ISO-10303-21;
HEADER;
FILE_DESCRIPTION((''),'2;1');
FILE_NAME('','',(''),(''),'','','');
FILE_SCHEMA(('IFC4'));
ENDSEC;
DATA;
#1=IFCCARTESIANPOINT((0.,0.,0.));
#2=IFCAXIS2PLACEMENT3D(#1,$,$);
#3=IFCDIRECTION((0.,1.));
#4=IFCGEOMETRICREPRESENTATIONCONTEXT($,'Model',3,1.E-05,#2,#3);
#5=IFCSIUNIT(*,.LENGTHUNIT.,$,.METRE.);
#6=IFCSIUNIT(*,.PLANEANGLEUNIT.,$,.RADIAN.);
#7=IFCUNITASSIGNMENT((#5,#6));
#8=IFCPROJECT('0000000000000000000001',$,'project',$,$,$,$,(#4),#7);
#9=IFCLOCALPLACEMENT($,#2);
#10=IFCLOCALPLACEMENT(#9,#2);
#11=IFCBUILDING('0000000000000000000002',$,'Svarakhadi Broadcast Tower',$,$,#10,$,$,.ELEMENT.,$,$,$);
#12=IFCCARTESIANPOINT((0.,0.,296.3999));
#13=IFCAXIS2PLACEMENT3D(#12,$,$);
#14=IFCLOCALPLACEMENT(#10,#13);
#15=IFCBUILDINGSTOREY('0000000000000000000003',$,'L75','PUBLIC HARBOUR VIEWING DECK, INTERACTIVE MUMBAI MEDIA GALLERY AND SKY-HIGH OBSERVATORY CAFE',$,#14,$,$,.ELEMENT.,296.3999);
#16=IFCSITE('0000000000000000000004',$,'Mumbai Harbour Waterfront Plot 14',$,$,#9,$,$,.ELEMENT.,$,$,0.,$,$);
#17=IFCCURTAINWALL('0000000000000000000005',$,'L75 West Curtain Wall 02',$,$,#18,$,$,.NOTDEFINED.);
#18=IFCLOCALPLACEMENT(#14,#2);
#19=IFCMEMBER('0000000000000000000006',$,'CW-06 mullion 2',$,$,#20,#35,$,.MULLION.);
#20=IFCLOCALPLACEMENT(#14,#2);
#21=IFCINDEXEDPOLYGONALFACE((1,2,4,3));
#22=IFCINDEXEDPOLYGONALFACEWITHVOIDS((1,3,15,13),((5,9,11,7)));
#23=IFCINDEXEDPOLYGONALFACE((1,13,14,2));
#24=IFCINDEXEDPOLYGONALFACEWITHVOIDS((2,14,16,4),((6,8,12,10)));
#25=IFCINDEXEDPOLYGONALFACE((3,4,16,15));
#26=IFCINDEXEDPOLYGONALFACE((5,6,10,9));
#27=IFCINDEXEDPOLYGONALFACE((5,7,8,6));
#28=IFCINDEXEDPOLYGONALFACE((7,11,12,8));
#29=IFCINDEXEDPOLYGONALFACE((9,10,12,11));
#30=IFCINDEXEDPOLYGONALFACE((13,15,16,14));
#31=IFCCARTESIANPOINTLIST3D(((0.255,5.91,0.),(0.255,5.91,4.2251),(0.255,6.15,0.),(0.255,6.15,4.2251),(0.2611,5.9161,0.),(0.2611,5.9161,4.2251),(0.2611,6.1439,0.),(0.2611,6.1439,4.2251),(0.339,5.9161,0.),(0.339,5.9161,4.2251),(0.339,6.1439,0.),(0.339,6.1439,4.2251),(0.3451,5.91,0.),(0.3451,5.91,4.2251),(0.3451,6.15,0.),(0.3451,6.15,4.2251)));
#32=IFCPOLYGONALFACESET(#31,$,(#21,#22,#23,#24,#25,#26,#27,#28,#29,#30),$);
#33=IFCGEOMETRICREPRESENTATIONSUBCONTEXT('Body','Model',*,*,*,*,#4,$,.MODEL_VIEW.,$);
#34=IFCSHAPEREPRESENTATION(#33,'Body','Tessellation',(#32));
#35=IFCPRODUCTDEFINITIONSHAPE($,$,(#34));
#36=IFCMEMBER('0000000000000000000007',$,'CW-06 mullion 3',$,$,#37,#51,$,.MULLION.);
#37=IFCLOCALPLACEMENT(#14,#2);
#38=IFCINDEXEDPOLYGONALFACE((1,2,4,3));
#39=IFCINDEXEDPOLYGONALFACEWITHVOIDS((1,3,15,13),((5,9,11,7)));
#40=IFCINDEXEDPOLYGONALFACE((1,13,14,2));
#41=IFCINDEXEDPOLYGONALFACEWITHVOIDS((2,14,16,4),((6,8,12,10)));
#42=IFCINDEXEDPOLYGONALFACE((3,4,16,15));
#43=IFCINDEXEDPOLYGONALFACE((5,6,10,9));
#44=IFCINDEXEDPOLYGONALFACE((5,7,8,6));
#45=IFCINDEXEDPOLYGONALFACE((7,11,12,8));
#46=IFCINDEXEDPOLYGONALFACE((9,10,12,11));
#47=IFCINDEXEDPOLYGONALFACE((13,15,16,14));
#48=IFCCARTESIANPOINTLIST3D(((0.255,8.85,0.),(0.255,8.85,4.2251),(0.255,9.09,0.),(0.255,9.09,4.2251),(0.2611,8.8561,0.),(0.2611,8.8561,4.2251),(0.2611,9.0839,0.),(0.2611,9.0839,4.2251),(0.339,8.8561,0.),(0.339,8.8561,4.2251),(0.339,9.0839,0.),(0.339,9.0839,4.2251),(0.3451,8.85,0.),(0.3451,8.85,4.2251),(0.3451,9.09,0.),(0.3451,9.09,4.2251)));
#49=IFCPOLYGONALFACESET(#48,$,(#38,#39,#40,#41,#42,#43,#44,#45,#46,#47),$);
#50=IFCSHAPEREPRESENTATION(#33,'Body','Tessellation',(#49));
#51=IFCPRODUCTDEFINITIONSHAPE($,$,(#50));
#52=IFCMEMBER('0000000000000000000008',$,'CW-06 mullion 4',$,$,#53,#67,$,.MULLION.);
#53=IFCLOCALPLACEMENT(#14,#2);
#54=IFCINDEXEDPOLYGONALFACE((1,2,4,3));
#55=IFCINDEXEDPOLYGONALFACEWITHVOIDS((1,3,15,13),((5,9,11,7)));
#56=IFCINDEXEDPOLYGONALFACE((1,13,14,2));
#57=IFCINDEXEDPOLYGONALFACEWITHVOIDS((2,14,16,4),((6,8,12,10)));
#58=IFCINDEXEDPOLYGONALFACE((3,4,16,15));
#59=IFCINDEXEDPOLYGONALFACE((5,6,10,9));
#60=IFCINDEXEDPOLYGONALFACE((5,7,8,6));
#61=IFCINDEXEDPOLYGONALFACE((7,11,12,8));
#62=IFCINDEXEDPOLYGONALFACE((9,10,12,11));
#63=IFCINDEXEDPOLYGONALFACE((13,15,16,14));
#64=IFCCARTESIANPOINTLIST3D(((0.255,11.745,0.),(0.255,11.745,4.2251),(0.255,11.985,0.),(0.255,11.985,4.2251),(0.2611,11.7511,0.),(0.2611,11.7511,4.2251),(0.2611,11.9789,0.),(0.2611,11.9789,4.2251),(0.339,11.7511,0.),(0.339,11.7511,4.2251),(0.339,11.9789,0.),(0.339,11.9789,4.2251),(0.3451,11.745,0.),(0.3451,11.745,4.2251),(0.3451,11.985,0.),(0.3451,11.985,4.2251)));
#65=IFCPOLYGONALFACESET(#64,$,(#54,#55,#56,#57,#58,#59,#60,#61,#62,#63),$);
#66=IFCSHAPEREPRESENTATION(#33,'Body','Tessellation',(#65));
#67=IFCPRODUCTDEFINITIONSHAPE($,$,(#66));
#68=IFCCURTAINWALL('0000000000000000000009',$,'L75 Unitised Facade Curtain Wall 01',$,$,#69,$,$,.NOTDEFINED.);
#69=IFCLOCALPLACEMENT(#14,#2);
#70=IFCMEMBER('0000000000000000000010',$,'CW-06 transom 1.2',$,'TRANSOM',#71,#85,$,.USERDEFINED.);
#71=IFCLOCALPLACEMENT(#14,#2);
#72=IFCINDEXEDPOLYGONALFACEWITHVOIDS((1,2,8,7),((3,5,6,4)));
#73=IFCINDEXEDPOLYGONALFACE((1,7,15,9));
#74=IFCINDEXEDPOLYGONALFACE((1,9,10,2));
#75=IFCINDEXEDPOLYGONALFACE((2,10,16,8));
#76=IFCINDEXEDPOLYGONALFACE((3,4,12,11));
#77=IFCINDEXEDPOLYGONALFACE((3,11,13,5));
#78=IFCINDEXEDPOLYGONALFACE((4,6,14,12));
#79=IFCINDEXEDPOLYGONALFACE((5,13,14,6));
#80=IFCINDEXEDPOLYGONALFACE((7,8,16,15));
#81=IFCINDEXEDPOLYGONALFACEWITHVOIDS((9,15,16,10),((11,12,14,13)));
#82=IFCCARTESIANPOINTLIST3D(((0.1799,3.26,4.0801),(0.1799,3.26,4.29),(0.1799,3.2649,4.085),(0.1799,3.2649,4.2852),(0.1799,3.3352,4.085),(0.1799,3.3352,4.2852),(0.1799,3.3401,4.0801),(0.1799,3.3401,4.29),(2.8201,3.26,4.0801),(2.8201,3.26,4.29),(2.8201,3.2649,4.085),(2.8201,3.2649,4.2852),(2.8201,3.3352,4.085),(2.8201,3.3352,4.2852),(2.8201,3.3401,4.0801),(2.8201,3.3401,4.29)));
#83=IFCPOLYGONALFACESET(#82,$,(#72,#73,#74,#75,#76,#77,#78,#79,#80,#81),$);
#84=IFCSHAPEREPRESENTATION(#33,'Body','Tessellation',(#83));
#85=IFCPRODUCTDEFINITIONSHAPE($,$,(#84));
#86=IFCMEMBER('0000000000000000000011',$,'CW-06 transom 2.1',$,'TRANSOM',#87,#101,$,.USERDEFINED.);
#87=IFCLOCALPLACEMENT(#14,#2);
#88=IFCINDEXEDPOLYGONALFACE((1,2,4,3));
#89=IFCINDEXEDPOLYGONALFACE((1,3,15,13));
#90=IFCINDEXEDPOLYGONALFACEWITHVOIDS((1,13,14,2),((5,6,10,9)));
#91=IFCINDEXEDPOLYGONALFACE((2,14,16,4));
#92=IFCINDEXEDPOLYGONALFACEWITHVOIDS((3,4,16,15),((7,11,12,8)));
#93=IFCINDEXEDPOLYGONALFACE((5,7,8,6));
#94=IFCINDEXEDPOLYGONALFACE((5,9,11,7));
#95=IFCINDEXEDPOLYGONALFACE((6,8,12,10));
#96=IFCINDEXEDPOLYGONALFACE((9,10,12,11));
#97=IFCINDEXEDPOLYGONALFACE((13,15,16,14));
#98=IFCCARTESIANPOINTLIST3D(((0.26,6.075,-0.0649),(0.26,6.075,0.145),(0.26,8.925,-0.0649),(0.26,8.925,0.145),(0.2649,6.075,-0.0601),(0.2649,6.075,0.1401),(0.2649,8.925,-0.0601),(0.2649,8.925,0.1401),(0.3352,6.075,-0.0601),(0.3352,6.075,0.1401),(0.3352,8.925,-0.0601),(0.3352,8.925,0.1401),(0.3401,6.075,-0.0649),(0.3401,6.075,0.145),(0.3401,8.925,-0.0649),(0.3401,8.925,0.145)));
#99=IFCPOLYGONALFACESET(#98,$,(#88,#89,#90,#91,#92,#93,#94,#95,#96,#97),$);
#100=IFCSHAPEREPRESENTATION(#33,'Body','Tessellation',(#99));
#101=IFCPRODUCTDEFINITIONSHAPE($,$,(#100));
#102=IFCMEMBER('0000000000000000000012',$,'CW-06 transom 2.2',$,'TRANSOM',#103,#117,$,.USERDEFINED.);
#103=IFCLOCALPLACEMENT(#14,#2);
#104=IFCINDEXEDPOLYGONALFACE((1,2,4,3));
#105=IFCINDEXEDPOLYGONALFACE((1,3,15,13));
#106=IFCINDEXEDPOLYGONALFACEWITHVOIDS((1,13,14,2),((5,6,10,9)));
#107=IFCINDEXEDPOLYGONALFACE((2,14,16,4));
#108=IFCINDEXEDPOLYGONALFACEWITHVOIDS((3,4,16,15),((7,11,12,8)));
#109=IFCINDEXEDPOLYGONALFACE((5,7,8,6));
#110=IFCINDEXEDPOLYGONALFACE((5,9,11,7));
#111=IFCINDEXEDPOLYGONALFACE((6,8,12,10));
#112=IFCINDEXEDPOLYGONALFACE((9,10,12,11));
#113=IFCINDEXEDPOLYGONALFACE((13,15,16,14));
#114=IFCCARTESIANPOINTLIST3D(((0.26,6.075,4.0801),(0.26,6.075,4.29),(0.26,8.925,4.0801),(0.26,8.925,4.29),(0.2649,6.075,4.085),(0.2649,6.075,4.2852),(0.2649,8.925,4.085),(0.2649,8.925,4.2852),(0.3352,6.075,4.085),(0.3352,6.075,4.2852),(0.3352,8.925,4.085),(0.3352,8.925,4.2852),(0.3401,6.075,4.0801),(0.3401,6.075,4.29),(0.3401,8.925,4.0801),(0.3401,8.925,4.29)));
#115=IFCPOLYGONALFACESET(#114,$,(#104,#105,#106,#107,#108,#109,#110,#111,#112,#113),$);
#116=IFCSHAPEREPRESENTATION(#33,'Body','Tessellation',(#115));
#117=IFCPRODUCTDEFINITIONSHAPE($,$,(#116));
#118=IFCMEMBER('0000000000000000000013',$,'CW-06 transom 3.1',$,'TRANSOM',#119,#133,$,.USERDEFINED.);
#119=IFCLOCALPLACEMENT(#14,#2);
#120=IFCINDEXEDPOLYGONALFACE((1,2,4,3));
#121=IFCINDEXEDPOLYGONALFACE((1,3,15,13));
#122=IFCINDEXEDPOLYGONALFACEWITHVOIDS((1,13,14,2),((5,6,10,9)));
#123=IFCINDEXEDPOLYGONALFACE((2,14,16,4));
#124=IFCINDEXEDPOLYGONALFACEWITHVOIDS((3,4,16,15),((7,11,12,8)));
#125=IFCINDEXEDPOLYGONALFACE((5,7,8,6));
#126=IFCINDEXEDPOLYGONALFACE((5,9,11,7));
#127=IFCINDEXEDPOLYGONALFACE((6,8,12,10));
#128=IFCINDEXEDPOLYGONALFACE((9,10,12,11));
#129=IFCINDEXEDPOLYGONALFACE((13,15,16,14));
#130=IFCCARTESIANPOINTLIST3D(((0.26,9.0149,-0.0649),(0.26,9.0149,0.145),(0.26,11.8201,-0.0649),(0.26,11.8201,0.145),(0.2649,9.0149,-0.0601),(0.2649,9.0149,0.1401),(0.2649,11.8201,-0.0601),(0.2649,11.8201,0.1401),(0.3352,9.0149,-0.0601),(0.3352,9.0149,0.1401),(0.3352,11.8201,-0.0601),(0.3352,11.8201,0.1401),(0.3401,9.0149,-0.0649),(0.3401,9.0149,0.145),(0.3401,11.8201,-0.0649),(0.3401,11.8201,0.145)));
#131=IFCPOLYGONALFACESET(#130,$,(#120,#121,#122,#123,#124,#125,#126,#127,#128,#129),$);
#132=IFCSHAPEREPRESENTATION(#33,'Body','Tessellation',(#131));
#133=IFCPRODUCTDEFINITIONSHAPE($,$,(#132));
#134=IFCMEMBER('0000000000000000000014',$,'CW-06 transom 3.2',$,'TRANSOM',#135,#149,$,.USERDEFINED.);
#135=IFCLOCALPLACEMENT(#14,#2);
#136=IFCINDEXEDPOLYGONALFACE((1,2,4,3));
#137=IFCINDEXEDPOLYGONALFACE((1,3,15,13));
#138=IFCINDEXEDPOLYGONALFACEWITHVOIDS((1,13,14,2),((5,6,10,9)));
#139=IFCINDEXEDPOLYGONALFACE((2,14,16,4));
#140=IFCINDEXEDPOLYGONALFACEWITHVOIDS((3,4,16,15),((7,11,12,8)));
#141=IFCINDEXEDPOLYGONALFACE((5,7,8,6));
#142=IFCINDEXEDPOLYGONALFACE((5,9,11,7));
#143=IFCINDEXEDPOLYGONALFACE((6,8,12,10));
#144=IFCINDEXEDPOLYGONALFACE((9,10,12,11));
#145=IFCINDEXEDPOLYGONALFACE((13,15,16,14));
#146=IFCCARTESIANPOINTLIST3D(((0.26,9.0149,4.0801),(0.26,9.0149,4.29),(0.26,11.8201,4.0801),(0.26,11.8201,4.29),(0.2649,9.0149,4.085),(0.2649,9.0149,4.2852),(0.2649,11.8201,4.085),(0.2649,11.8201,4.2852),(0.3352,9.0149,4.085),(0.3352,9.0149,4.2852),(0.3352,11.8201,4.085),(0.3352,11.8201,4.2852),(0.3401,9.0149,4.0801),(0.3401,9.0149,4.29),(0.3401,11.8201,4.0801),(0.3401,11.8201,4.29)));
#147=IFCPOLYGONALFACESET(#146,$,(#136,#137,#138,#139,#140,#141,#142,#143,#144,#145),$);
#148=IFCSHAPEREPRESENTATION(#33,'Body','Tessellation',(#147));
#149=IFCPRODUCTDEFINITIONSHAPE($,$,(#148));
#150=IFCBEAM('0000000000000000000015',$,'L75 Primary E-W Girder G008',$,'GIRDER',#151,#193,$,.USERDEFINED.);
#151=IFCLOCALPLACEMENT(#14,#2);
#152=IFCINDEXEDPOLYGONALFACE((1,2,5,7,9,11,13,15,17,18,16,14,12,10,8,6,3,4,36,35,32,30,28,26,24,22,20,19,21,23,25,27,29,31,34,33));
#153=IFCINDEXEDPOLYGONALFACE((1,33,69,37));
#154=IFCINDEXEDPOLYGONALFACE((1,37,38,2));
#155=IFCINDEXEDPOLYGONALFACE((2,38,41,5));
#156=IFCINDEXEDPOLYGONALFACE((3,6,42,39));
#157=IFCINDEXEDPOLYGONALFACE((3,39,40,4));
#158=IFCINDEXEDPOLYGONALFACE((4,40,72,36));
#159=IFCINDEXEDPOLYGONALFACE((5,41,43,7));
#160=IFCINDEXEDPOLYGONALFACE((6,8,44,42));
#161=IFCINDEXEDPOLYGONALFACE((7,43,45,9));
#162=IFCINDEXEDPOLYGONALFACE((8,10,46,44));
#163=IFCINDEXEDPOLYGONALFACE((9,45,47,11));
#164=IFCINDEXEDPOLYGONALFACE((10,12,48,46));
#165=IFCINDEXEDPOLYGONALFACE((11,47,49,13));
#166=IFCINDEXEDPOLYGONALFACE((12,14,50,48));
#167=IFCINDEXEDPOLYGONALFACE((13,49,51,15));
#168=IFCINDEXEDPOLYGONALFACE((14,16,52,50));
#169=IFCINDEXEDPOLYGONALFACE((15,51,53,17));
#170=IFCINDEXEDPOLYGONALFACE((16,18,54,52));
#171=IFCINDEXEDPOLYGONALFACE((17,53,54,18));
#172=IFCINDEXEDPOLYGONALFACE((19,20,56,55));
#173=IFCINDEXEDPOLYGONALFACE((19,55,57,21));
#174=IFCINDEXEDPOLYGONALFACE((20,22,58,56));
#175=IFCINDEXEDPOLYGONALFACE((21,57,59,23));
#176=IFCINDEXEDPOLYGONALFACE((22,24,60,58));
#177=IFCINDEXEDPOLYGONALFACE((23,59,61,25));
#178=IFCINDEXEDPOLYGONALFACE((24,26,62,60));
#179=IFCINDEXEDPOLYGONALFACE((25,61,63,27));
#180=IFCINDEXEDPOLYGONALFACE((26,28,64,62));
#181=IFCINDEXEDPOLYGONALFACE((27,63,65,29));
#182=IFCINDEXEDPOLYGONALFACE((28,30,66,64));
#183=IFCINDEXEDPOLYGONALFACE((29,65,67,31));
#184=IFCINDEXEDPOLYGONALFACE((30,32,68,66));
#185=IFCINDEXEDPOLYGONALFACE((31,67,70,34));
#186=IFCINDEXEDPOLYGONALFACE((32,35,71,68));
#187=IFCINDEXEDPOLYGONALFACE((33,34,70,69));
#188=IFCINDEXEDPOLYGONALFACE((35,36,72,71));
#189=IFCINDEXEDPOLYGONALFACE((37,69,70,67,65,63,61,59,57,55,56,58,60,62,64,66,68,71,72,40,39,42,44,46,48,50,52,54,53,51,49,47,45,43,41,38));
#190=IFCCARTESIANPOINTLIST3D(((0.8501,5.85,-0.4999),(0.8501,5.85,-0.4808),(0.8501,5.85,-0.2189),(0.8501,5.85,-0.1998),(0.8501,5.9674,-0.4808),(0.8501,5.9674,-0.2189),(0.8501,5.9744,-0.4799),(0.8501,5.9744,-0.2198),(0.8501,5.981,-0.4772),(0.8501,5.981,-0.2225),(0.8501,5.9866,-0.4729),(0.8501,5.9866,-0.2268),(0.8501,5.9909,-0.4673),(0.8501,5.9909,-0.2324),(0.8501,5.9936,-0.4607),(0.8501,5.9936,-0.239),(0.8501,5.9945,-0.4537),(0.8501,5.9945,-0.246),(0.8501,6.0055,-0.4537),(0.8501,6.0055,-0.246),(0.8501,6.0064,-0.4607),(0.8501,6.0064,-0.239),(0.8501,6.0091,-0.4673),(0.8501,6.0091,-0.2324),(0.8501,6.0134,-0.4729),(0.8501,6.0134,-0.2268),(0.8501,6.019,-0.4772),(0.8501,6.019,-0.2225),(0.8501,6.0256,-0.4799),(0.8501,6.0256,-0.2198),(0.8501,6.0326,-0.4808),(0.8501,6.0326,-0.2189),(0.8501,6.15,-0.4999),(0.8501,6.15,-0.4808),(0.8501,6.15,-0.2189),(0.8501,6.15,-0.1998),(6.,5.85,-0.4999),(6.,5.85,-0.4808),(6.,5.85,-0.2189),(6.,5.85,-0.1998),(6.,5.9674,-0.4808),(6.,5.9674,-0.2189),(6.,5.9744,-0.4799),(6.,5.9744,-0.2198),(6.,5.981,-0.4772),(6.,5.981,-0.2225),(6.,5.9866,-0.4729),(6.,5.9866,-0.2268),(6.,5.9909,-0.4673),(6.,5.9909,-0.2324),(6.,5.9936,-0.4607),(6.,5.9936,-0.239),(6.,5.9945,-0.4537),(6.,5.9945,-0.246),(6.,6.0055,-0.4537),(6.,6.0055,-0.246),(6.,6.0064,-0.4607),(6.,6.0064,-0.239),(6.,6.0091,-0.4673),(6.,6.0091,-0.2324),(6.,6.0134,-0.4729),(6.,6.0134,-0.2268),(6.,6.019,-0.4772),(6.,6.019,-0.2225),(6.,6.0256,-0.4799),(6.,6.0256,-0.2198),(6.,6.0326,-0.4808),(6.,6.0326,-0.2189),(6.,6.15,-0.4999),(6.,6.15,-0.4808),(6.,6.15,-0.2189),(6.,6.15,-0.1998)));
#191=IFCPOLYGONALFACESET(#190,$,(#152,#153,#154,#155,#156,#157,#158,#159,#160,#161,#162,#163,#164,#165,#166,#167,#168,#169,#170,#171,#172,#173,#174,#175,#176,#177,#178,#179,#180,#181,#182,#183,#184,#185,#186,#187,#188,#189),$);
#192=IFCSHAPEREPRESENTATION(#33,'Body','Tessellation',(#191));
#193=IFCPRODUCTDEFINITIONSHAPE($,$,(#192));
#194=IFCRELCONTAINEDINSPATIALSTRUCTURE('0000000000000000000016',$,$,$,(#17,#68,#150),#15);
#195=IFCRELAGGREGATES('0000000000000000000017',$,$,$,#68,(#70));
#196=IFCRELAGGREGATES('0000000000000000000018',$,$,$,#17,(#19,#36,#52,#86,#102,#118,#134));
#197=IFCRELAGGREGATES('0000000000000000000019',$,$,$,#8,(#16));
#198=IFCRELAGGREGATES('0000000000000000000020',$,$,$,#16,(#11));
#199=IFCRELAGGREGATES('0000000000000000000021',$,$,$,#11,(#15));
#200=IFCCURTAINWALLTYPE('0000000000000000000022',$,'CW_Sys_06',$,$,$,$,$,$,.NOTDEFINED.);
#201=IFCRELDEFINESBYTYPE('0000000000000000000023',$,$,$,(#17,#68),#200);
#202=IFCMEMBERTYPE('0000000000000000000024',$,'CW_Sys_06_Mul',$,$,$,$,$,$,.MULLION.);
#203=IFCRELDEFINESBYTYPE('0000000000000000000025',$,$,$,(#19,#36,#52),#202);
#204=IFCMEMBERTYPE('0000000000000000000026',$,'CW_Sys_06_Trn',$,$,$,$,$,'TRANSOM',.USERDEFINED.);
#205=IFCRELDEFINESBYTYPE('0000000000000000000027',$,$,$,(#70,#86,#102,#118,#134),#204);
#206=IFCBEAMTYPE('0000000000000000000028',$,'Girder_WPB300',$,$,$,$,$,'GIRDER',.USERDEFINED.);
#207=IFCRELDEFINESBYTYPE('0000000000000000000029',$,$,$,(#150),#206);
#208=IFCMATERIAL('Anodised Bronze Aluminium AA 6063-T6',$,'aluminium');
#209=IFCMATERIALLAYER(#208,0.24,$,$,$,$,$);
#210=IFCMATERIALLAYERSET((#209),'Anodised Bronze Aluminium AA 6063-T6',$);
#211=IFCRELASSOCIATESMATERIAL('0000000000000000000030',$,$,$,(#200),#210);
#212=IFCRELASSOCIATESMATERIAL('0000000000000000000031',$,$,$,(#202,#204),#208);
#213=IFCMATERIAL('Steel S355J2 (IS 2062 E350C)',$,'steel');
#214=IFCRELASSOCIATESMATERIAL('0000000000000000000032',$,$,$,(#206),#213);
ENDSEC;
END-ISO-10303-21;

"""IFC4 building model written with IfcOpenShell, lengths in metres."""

from ifc_helpers import new_model, si_unit, direction, frame, origin, origin_2d, place, context, subcontext, project, spatial, hollow_rectangle, i_section, extrude, material, layer, layer_set, material_profile, profile_set, type_object, element, aggregate, save


model = new_model("IFC4")

# Units and contexts
model_context = context("Model", 3, precision=1e-05, world=origin(), true_north=direction((0.0, 1.0)))
body_context = subcontext(model_context, "Body", "Model", "MODEL_VIEW")
ifc_project = project(units=[si_unit("LENGTHUNIT", "METRE"), si_unit("PLANEANGLEUNIT", "RADIAN")], contexts=[model_context])

# Site, building, storey
site_placement = place(None, origin())
site = spatial("IfcSite", under=ifc_project, at=site_placement, Name="Mumbai Harbour Waterfront Plot 14", CompositionType="ELEMENT", RefElevation=0.0)
building_placement = place(site_placement, origin())
building = spatial("IfcBuilding", under=site, at=building_placement, Name="Svarakhadi Broadcast Tower", CompositionType="ELEMENT")
storey_placement = place(building_placement, frame((0.0, 0.0, 296.3999)))
storey = spatial("IfcBuildingStorey", under=building, at=storey_placement, Name="L75", Description="PUBLIC HARBOUR VIEWING DECK, INTERACTIVE MUMBAI MEDIA GALLERY AND SKY-HIGH OBSERVATORY CAFE", CompositionType="ELEMENT", Elevation=296.3999)

# Shared definitions
ifc_material_1 = material(Name="Steel S355J2 (IS 2062 E350C)", Category="steel")

# Curtain wall, members
ifc_material_2 = material(Name="Anodised Bronze Aluminium AA 6063-T6", Category="aluminium")
ifc_layer_1 = layer(ifc_material_2, 0.24)
ifc_layer_set_1 = layer_set([ifc_layer_1], Name="Anodised Bronze Aluminium AA 6063-T6")
curtain_wall_type = type_object("IfcCurtainWallType", Name="CW_Sys_06", PredefinedType="NOTDEFINED", material=ifc_layer_set_1)
curtain_wall_1_placement = place(storey_placement, origin())
curtain_wall_1 = element("IfcCurtainWall", 1, at=curtain_wall_1_placement, inside=storey, type_object=curtain_wall_type, Name="L75 West Curtain Wall 02", PredefinedType="NOTDEFINED")
ifc_material_profile_1 = material_profile(ifc_material_2, hollow_rectangle(XDim=0.0901, YDim=0.24, WallThickness=0.0061, at=origin_2d()), Name="ALU MULLION 240x90x6")
ifc_profile_set_1 = profile_set([ifc_material_profile_1], Name="Anodised Bronze Aluminium AA 6063-T6")
member_type_1 = type_object("IfcMemberType", Name="CW_Sys_06_Mul", PredefinedType="MULLION", material=ifc_profile_set_1)
member_1_placement = place(storey_placement, frame((0.3, 6.03, 0.0), z_axis=(0.0, 0.0, 1.0), x_axis=(-1.0, 0.0, 0.0)))
member_1 = element("IfcMember", 2, at=member_1_placement, type_object=member_type_1, Name="CW-06 mullion 2", PredefinedType="MULLION", context=body_context, shape_type="SweptSolid", body=[
    extrude(hollow_rectangle(XDim=0.0901, YDim=0.24, WallThickness=0.0061, at=origin_2d()), origin(), (0.0, 0.0, 1.0), 4.2251),
])
member_2_placement = place(storey_placement, frame((0.3, 8.97, 0.0), z_axis=(0.0, 0.0, 1.0), x_axis=(-1.0, 0.0, 0.0)))
member_2 = element("IfcMember", 3, at=member_2_placement, type_object=member_type_1, Name="CW-06 mullion 3", PredefinedType="MULLION", context=body_context, shape_type="SweptSolid", body=[
    extrude(hollow_rectangle(XDim=0.0901, YDim=0.24, WallThickness=0.0061, at=origin_2d()), origin(), (0.0, 0.0, 1.0), 4.2251),
])
member_3_placement = place(storey_placement, frame((0.3, 11.865, 0.0), z_axis=(0.0, 0.0, 1.0), x_axis=(-1.0, 0.0, 0.0)))
member_3 = element("IfcMember", 4, at=member_3_placement, type_object=member_type_1, Name="CW-06 mullion 4", PredefinedType="MULLION", context=body_context, shape_type="SweptSolid", body=[
    extrude(hollow_rectangle(XDim=0.0901, YDim=0.24, WallThickness=0.0061, at=origin_2d()), origin(), (0.0, 0.0, 1.0), 4.2251),
])

# Curtain wall, member
curtain_wall_2_placement = place(storey_placement, origin())
curtain_wall_2 = element("IfcCurtainWall", 5, at=curtain_wall_2_placement, inside=storey, type_object=curtain_wall_type, Name="L75 Unitised Facade Curtain Wall 01", PredefinedType="NOTDEFINED")
ifc_material_profile_2 = material_profile(ifc_material_2, hollow_rectangle(XDim=0.0801, YDim=0.21, WallThickness=0.0049, at=origin_2d()), Name="ALU TRANSOM 210x80x5")
ifc_profile_set_2 = profile_set([ifc_material_profile_2], Name="Anodised Bronze Aluminium AA 6063-T6")
member_type_2 = type_object("IfcMemberType", Name="CW_Sys_06_Trn", ElementType="TRANSOM", PredefinedType="USERDEFINED", material=ifc_profile_set_2)
member_4_placement = place(storey_placement, frame((2.8201, 3.3, 4.1851), z_axis=(-1.0, 0.0, 0.0), x_axis=(0.0, -1.0, 0.0)))
member_4 = element("IfcMember", 6, at=member_4_placement, type_object=member_type_2, Name="CW-06 transom 1.2", ObjectType="TRANSOM", PredefinedType="USERDEFINED", context=body_context, shape_type="SweptSolid", body=[
    extrude(hollow_rectangle(XDim=0.0801, YDim=0.21, WallThickness=0.0049, at=origin_2d()), origin(), (0.0, 0.0, 1.0), 2.6401),
])
aggregate(curtain_wall_2, [member_4])

# Members
member_5_placement = place(storey_placement, frame((0.3, 6.075, 0.04), z_axis=(0.0, 1.0, 0.0), x_axis=(-1.0, 0.0, 0.0)))
member_5 = element("IfcMember", 7, at=member_5_placement, type_object=member_type_2, Name="CW-06 transom 2.1", ObjectType="TRANSOM", PredefinedType="USERDEFINED", context=body_context, shape_type="SweptSolid", body=[
    extrude(hollow_rectangle(XDim=0.0801, YDim=0.21, WallThickness=0.0049, at=origin_2d()), origin(), (0.0, 0.0, 1.0), 2.8501),
])
member_6_placement = place(storey_placement, frame((0.3, 6.075, 4.1851), z_axis=(0.0, 1.0, 0.0), x_axis=(-1.0, 0.0, 0.0)))
member_6 = element("IfcMember", 8, at=member_6_placement, type_object=member_type_2, Name="CW-06 transom 2.2", ObjectType="TRANSOM", PredefinedType="USERDEFINED", context=body_context, shape_type="SweptSolid", body=[
    extrude(hollow_rectangle(XDim=0.0801, YDim=0.21, WallThickness=0.0049, at=origin_2d()), origin(), (0.0, 0.0, 1.0), 2.8501),
])
member_7_placement = place(storey_placement, frame((0.3, 9.0149, 0.04), z_axis=(0.0, 1.0, 0.0), x_axis=(-1.0, 0.0, 0.0)))
member_7 = element("IfcMember", 9, at=member_7_placement, type_object=member_type_2, Name="CW-06 transom 3.1", ObjectType="TRANSOM", PredefinedType="USERDEFINED", context=body_context, shape_type="SweptSolid", body=[
    extrude(hollow_rectangle(XDim=0.0801, YDim=0.21, WallThickness=0.0049, at=origin_2d()), origin(), (0.0, 0.0, 1.0), 2.8052),
])
member_8_placement = place(storey_placement, frame((0.3, 9.0149, 4.1851), z_axis=(0.0, 1.0, 0.0), x_axis=(-1.0, 0.0, 0.0)))
member_8 = element("IfcMember", 10, at=member_8_placement, type_object=member_type_2, Name="CW-06 transom 3.2", ObjectType="TRANSOM", PredefinedType="USERDEFINED", context=body_context, shape_type="SweptSolid", body=[
    extrude(hollow_rectangle(XDim=0.0801, YDim=0.21, WallThickness=0.0049, at=origin_2d()), origin(), (0.0, 0.0, 1.0), 2.8052),
])

# Beam
ifc_material_profile_3 = material_profile(ifc_material_1, i_section(OverallWidth=0.3, OverallDepth=0.3, WebThickness=0.011, FlangeThickness=0.019, FilletRadius=0.0271, at=origin_2d()), Name="WPB 300x300x117")
ifc_profile_set_3 = profile_set([ifc_material_profile_3], Name="Steel S355J2 (IS 2062 E350C)")
beam_type_1 = type_object("IfcBeamType", Name="Girder_WPB300", ElementType="GIRDER", PredefinedType="USERDEFINED", material=ifc_profile_set_3)
for number, where, z_axis, x_axis, name in (
    (11, (0.8501, 6.0, -0.3499), (1.0, 0.0, 0.0), (0.0, 1.0, 0.0), "L75 Primary E-W Girder G008"),
):
    element("IfcBeam", number, at=place(storey_placement, frame(where, z_axis=z_axis, x_axis=x_axis)), inside=storey, type_object=beam_type_1, Name=name, ObjectType="GIRDER", PredefinedType="USERDEFINED", context=body_context, shape_type="SweptSolid", body=[
        extrude(i_section(OverallWidth=0.3, OverallDepth=0.3, WebThickness=0.011, FlangeThickness=0.019, FilletRadius=0.0271, at=origin_2d()), origin(), (0.0, 0.0, 1.0), 5.1499),
    ])

aggregate(curtain_wall_1, [member_1, member_2, member_3, member_5, member_6, member_7, member_8])

save(model, "model.ifc")
